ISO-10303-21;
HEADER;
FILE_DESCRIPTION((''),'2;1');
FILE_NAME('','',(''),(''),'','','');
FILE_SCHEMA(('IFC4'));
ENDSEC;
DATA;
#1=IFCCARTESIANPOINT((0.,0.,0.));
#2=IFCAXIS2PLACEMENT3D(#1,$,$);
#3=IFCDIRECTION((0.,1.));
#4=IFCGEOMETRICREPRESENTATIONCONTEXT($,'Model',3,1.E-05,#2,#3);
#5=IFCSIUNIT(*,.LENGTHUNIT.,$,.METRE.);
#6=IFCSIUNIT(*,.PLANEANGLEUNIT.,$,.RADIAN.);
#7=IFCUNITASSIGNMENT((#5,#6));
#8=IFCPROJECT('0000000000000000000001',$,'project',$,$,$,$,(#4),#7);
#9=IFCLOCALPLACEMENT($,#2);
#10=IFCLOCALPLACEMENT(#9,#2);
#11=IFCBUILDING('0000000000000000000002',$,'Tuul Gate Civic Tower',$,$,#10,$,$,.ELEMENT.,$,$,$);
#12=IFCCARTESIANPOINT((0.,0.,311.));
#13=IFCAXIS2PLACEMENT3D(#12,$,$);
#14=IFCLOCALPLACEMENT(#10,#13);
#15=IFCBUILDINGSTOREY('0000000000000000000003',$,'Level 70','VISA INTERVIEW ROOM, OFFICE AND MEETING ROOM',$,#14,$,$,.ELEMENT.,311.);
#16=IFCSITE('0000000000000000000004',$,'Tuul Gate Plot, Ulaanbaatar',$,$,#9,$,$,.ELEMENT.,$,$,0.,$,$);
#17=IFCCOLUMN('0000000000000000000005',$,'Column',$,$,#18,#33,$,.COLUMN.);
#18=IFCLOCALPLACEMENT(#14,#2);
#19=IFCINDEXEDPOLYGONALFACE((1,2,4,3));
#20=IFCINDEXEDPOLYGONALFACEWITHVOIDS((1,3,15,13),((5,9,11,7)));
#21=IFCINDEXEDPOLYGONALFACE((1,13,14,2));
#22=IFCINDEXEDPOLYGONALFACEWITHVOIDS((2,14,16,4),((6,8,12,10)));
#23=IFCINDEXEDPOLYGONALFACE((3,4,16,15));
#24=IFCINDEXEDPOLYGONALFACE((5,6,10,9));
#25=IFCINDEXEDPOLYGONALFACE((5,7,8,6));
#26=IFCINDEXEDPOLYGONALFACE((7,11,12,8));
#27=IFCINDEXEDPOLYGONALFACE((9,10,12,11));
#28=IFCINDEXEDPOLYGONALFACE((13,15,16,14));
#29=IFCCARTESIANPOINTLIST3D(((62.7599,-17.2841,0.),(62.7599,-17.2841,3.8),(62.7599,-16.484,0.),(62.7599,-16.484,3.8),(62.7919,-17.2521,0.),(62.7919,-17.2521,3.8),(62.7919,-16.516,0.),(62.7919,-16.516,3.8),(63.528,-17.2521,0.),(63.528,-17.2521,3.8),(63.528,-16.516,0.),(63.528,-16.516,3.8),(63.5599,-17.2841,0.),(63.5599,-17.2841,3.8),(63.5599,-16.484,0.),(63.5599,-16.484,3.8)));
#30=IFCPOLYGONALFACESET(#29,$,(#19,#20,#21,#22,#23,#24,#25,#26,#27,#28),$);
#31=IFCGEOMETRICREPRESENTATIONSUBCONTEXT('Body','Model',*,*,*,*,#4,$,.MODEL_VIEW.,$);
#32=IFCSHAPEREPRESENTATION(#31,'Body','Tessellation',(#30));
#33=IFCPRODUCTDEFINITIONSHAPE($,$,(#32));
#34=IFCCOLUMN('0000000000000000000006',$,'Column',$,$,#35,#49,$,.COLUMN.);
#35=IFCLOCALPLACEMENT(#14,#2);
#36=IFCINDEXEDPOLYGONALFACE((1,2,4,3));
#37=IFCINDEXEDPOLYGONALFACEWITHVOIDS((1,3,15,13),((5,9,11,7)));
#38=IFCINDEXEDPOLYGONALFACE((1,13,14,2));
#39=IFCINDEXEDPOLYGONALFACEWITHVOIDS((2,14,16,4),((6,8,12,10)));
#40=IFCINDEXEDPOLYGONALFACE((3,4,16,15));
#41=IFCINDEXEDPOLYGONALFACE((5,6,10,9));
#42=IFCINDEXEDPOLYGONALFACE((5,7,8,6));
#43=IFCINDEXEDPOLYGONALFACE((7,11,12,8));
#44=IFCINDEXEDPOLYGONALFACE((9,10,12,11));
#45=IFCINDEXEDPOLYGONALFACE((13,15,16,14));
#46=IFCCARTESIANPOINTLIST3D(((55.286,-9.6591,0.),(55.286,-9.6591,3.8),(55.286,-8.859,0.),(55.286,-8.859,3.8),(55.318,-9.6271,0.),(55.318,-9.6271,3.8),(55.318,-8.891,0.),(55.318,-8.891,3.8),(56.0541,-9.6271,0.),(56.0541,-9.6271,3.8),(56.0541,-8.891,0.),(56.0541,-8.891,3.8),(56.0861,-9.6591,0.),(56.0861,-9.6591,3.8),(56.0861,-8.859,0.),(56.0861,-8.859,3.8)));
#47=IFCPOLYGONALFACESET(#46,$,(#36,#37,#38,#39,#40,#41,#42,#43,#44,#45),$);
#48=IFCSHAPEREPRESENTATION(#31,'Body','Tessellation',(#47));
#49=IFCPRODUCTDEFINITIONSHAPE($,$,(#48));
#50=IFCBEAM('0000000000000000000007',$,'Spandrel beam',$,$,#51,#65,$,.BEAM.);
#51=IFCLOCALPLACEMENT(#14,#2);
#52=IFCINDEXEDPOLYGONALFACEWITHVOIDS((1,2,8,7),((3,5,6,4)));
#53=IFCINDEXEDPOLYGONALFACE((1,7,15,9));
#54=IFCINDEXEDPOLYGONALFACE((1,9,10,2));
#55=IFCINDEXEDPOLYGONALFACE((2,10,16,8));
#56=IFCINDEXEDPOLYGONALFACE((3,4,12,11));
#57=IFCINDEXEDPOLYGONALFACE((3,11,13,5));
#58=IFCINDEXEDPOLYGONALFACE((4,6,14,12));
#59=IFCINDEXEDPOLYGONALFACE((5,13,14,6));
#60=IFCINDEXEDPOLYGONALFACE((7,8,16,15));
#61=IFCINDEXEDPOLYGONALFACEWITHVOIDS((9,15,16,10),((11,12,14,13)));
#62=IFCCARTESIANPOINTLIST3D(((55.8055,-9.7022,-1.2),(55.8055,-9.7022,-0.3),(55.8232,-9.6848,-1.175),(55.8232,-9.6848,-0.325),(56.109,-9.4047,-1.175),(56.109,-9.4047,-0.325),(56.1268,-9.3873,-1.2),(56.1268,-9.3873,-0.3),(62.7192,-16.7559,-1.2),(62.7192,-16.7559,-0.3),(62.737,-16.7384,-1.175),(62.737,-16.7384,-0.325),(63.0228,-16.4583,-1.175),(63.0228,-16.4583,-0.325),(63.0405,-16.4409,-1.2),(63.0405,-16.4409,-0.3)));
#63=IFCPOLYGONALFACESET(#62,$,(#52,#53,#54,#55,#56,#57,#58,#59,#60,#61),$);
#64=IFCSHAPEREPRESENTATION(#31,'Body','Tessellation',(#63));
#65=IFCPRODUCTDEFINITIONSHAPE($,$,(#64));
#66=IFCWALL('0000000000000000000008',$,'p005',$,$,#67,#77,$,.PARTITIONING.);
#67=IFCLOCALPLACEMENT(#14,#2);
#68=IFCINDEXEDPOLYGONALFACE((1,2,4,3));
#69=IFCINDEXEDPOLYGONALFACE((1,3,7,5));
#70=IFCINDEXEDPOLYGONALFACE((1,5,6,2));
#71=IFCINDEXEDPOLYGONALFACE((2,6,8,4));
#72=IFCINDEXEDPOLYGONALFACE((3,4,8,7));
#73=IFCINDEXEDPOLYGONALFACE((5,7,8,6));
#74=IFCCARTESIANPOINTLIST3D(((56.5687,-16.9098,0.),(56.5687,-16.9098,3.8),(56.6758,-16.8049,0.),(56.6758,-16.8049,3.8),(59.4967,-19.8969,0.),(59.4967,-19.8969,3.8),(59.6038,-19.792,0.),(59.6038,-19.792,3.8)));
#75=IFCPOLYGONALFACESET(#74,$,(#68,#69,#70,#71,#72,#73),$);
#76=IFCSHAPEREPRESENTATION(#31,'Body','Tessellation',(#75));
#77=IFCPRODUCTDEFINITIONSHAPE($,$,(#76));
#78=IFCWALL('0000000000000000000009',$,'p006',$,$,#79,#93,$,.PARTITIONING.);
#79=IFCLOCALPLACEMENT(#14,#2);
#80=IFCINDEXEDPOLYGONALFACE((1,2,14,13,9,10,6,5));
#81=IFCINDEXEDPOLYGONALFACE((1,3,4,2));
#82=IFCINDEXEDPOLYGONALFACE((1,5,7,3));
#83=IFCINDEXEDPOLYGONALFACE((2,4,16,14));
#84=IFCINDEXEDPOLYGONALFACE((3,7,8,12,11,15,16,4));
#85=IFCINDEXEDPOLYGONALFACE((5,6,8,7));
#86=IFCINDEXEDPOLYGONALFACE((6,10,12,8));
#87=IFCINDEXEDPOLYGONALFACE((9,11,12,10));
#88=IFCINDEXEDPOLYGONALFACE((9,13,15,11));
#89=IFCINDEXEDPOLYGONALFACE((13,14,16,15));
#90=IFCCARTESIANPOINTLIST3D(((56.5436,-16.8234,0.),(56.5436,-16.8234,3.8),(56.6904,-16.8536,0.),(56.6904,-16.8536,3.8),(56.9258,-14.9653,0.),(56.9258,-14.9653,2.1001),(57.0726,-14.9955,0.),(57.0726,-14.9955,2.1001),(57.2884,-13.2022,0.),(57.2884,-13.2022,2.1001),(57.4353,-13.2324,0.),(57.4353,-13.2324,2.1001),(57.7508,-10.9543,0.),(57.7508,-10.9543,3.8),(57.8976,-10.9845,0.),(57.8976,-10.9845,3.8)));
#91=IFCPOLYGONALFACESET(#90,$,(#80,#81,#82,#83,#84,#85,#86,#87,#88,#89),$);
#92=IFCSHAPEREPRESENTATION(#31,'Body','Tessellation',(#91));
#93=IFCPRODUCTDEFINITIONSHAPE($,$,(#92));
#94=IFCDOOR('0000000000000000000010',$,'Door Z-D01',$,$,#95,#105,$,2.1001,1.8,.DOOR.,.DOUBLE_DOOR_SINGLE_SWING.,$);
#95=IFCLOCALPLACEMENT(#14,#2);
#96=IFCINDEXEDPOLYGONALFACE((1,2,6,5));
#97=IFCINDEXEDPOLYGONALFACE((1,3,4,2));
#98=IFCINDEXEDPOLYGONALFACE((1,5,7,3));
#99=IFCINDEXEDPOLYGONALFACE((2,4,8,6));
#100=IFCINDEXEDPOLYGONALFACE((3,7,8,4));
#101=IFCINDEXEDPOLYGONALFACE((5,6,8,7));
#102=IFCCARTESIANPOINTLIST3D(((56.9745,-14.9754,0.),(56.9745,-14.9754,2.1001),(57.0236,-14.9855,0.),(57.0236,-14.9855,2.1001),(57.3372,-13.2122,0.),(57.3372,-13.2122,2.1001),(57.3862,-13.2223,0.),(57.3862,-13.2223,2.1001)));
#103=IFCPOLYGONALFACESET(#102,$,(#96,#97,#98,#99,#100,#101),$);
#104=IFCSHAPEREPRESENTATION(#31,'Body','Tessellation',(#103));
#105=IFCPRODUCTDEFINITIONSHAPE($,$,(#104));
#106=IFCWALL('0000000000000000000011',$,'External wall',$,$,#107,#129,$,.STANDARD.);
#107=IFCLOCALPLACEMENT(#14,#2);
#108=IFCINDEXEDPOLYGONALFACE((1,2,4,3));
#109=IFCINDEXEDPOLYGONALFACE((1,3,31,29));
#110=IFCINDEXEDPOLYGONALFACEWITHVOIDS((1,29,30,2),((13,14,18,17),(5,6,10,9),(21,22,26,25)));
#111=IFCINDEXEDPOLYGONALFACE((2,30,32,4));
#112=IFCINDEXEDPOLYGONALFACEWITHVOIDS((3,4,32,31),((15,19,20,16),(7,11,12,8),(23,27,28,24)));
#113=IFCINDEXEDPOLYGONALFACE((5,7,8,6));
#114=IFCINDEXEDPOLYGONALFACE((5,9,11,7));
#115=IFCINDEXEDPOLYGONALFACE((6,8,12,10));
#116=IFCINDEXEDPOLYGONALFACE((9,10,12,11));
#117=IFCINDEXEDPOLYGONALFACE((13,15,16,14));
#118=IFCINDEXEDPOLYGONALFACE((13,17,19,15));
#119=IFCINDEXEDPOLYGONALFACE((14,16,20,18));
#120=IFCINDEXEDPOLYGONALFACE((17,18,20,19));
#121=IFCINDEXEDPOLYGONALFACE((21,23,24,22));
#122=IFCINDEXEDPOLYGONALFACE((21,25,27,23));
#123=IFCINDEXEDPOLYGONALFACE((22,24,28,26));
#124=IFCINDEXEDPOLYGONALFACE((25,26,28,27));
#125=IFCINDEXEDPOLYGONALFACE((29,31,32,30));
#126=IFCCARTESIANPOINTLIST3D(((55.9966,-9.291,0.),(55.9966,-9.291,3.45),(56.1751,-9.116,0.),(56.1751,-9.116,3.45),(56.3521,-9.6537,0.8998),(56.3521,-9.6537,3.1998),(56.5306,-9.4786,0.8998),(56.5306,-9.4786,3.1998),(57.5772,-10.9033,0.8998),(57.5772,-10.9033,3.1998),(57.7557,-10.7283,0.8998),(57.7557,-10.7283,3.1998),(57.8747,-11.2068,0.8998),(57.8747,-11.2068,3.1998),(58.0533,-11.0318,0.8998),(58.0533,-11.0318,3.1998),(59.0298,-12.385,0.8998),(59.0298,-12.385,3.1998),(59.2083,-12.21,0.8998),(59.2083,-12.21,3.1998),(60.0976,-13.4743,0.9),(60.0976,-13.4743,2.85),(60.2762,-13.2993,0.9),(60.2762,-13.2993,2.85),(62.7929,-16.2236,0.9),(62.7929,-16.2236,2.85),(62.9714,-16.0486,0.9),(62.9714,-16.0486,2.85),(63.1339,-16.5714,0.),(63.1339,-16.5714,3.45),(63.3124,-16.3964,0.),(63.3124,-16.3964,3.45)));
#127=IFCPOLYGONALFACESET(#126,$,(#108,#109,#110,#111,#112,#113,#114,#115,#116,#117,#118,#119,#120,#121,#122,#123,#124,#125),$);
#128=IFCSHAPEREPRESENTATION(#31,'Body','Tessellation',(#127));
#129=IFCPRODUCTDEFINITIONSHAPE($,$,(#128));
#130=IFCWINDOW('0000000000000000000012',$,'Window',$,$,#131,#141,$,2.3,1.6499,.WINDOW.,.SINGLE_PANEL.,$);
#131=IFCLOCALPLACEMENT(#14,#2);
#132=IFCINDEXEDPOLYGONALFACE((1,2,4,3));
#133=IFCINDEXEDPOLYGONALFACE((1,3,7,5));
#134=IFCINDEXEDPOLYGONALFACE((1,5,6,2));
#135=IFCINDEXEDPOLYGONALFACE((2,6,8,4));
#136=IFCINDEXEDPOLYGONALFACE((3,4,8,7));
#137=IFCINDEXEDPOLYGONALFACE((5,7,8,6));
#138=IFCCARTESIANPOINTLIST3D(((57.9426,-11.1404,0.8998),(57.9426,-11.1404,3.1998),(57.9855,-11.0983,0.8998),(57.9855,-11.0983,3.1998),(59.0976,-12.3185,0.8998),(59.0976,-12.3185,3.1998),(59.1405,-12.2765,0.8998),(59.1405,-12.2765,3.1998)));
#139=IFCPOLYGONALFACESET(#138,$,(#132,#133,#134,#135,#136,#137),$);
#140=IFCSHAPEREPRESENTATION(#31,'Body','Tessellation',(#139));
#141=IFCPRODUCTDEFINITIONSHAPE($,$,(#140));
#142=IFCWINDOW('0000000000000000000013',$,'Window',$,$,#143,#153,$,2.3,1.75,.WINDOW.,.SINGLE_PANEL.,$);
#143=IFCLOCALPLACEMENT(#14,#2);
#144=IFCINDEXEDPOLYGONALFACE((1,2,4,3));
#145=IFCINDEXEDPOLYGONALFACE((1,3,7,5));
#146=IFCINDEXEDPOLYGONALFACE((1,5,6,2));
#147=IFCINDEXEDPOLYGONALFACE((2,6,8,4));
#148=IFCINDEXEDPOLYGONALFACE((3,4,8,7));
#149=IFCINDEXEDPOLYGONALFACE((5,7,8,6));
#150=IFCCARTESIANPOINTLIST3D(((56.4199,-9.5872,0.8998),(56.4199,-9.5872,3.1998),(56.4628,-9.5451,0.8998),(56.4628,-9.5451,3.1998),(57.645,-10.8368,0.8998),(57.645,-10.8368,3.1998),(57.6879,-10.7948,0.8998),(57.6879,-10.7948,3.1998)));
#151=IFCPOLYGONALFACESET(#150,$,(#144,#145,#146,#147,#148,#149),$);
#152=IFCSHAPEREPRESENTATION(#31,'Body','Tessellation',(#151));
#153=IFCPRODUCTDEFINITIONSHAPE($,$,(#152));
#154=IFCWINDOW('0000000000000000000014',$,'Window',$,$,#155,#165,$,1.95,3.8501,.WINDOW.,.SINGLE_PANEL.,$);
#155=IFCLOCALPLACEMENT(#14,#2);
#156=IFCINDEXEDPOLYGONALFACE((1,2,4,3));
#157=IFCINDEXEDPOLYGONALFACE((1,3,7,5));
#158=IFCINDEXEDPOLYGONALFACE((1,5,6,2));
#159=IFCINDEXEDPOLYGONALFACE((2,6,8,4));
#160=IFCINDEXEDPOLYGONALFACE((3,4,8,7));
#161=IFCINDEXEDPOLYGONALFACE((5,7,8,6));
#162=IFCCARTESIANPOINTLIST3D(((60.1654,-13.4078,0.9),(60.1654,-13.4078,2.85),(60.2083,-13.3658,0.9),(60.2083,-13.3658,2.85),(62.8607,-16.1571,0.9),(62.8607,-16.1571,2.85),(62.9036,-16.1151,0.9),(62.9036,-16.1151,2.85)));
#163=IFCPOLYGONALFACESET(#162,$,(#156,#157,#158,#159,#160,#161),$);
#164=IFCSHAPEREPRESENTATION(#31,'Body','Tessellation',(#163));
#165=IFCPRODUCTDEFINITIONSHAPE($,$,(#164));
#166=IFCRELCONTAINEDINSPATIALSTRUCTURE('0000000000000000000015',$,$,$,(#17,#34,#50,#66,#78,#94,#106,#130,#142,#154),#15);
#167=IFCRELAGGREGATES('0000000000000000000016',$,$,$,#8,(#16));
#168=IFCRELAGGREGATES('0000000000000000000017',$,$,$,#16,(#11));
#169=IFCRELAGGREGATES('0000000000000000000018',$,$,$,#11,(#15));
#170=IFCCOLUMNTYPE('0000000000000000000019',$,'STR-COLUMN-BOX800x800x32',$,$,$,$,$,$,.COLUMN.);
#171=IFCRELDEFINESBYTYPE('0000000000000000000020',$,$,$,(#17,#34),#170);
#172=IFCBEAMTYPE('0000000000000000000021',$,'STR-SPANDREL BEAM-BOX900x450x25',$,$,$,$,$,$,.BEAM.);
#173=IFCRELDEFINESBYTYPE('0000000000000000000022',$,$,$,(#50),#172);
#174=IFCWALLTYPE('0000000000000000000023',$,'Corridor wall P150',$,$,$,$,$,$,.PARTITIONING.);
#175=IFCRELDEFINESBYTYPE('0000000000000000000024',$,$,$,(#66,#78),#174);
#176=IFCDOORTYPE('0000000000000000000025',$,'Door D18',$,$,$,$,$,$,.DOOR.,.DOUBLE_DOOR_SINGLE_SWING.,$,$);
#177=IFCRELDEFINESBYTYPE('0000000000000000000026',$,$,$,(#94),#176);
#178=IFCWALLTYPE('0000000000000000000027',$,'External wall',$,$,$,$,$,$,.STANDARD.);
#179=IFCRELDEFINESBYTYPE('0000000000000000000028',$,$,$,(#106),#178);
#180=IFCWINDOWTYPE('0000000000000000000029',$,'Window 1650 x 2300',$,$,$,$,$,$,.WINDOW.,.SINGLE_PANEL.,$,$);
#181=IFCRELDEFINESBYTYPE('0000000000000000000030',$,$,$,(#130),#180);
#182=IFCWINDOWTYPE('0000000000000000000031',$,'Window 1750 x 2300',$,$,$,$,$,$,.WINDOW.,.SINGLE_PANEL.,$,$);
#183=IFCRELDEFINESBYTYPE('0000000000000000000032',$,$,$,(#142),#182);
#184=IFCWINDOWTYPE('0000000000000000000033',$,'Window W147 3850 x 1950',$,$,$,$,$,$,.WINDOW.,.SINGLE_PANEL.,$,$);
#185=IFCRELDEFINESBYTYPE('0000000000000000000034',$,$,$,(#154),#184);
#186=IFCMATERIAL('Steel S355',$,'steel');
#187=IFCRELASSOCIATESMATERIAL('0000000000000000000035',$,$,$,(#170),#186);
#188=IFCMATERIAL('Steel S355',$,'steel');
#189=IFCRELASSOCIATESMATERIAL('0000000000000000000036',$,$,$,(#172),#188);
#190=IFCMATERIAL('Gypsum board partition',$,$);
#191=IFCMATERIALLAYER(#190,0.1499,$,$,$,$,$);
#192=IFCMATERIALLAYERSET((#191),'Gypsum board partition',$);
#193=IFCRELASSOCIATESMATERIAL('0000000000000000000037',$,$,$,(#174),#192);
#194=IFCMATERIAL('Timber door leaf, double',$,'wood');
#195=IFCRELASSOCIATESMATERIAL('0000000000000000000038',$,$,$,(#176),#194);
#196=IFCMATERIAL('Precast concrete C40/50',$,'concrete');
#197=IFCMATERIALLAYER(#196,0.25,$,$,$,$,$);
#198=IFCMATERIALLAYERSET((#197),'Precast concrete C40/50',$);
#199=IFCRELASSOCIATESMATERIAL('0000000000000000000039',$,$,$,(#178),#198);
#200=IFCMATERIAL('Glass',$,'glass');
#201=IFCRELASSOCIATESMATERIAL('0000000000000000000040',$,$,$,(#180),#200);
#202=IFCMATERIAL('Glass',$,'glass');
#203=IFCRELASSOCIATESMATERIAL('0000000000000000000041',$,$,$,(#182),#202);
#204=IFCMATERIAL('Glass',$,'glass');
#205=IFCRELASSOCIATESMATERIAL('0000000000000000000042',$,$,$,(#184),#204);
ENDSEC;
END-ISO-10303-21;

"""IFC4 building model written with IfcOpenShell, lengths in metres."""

from ifc_helpers import new_model, si_unit, direction, frame, frame_2d, origin, origin_2d, place, context, subcontext, project, spatial, rectangle, hollow_rectangle, extrude, material, layer, layer_set, material_profile, profile_set, type_object, element, fill, save


model = new_model("IFC4")

# Units and contexts
model_context = context("Model", 3, precision=1e-05, world=origin(), true_north=direction((0.0, 1.0)))
body_context = subcontext(model_context, "Body", "Model", "MODEL_VIEW")
ifc_project = project(units=[si_unit("LENGTHUNIT", "METRE"), si_unit("PLANEANGLEUNIT", "RADIAN")], contexts=[model_context])

# Site, building, storey
site_placement = place(None, origin())
site = spatial("IfcSite", under=ifc_project, at=site_placement, Name="Tuul Gate Plot, Ulaanbaatar", CompositionType="ELEMENT", RefElevation=0.0)
building_placement = place(site_placement, origin())
building = spatial("IfcBuilding", under=site, at=building_placement, Name="Tuul Gate Civic Tower", CompositionType="ELEMENT")
storey_placement = place(building_placement, frame((0.0, 0.0, 311.0)))
storey = spatial("IfcBuildingStorey", under=building, at=storey_placement, Name="Level 70", Description="VISA INTERVIEW ROOM, OFFICE AND MEETING ROOM", CompositionType="ELEMENT", Elevation=311.0)

# Columns
ifc_material_1 = material(Name="Steel S355", Category="steel")
ifc_material_profile_1 = material_profile(ifc_material_1, hollow_rectangle(XDim=0.8, YDim=0.8, WallThickness=0.032, at=origin_2d()), Name="BOX800x800x32")
ifc_profile_set_1 = profile_set([ifc_material_profile_1], Name="Steel S355")
column_type = type_object("IfcColumnType", Name="STR-COLUMN-BOX800x800x32", PredefinedType="COLUMN", material=ifc_profile_set_1)
for number, where, z_axis, x_axis, name in (
    (1, (63.1599, -16.884, 0.0), (0.0, 0.0, 1.0), (1.0, 0.0, 0.0), "Column"),
    (2, (55.686, -9.259, 0.0), (0.0, 0.0, 1.0), (1.0, 0.0, 0.0), "Column"),
):
    element("IfcColumn", number, at=place(storey_placement, frame(where, z_axis=z_axis, x_axis=x_axis)), inside=storey, type_object=column_type, Name=name, PredefinedType="COLUMN", context=body_context, shape_type="SweptSolid", body=[
        extrude(hollow_rectangle(XDim=0.8, YDim=0.8, WallThickness=0.032, at=origin_2d()), origin(), (0.0, 0.0, 1.0), 3.8),
    ])

# Beam
ifc_material_2 = material(Name="Steel S355", Category="steel")
ifc_material_profile_2 = material_profile(ifc_material_2, hollow_rectangle(XDim=0.45, YDim=0.8999, WallThickness=0.0249, at=origin_2d()), Name="BOX900x450x25")
ifc_profile_set_2 = profile_set([ifc_material_profile_2], Name="Steel S355")
beam_type = type_object("IfcBeamType", Name="STR-SPANDREL BEAM-BOX900x450x25", PredefinedType="BEAM", material=ifc_profile_set_2)
beam_placement = place(storey_placement, frame((62.8799, -16.5984, -0.75), z_axis=(-0.69999, 0.714153, 0.0), x_axis=(-0.714153, -0.69999, 0.0)))
element("IfcBeam", 3, at=beam_placement, inside=storey, type_object=beam_type, Name="Spandrel beam", PredefinedType="BEAM", context=body_context, shape_type="SweptSolid", body=[
    extrude(hollow_rectangle(XDim=0.45, YDim=0.8999, WallThickness=0.0249, at=origin_2d()), origin(), (0.0, 0.0, 1.0), 9.877),
])

# Wall
ifc_material_3 = material(Name="Gypsum board partition")
ifc_layer_1 = layer(ifc_material_3, 0.1499)
ifc_layer_set_1 = layer_set([ifc_layer_1], Name="Gypsum board partition")
wall_type_1 = type_object("IfcWallType", Name="Corridor wall P150", PredefinedType="PARTITIONING", material=ifc_layer_set_1)
wall_1_placement = place(storey_placement, frame((56.6223, -16.8574, 0.0), z_axis=(0.0, 0.0, 1.0), x_axis=(0.700009, -0.714134, 0.0)))
element("IfcWall", 4, at=wall_1_placement, inside=storey, type_object=wall_type_1, Name="p005", PredefinedType="PARTITIONING", context=body_context, shape_type="SweptSolid", body=[
    extrude(rectangle(XDim=4.1829, YDim=0.1499, at=frame_2d((2.0913, 0.0))), origin(), (0.0, 0.0, 1.0), 3.8),
])

# Wall, opening, door
wall_2_placement = place(storey_placement, frame((56.6169, -16.8386, 0.0), z_axis=(0.0, 0.0, 1.0), x_axis=(0.20148, 0.979493, 0.0)))
wall_2 = element("IfcWall", 5, at=wall_2_placement, inside=storey, type_object=wall_type_1, Name="p006", PredefinedType="PARTITIONING", context=body_context, shape_type="SweptSolid", body=[
    extrude(rectangle(XDim=5.9919, YDim=0.1499, at=frame_2d((2.9961, 0.0))), origin(), (0.0, 0.0, 1.0), 3.8),
])
opening_1_placement = place(wall_2_placement, frame((1.8972, 0.0, 0.0)))
opening_1 = element("IfcOpeningElement", 6, at=opening_1_placement, cuts=wall_2, PredefinedType="OPENING", context=body_context, shape_type="SweptSolid", body=[
    extrude(rectangle(XDim=1.8, YDim=2.1001, at=frame_2d((0.8999, 1.05))), frame((0.0, 0.085, 0.0), z_axis=(0.0, -1.0, 0.0), x_axis=(1.0, 0.0, 0.0)), (0.0, 0.0, 1.0), 0.1699),
])
ifc_material_4 = material(Name="Timber door leaf, double", Category="wood")
door_type = type_object("IfcDoorType", Name="Door D18", OperationType="DOUBLE_DOOR_SINGLE_SWING", PredefinedType="DOOR", material=ifc_material_4)
door_placement = place(opening_1_placement, frame((1.8, 0.0, 0.0), z_axis=(0.0, 0.0, 1.0), x_axis=(-1.0, 0.0, 0.0)))
door = element("IfcDoor", 7, at=door_placement, inside=storey, type_object=door_type, Name="Door Z-D01", OperationType="DOUBLE_DOOR_SINGLE_SWING", OverallHeight=2.1001, OverallWidth=1.8, PredefinedType="DOOR", context=body_context, shape_type="SweptSolid", body=[
    extrude(rectangle(XDim=1.8, YDim=2.1001, at=frame_2d((0.9001, 1.05))), frame((0.0, 0.0249, 0.0), z_axis=(0.0, -1.0, 0.0), x_axis=(1.0, 0.0, 0.0)), (0.0, 0.0, 1.0), 0.05),
])
fill(opening_1, door)

# Wall, openings, windows
ifc_material_5 = material(Name="Precast concrete C40/50", Category="concrete")
ifc_layer_2 = layer(ifc_material_5, 0.25)
ifc_layer_set_2 = layer_set([ifc_layer_2], Name="Precast concrete C40/50")
wall_type_2 = type_object("IfcWallType", Name="External wall", PredefinedType="STANDARD", material=ifc_layer_set_2)
wall_3_placement = place(storey_placement, frame((63.2231, -16.4839, 0.0), z_axis=(0.0, 0.0, 1.0), x_axis=(-0.700056, 0.714088, 0.0)))
wall_3 = element("IfcWall", 8, at=wall_3_placement, inside=storey, type_object=wall_type_2, Name="External wall", PredefinedType="STANDARD", context=body_context, shape_type="SweptSolid", body=[
    extrude(rectangle(XDim=10.1953, YDim=0.25, at=frame_2d((5.0977, 0.0))), origin(), (0.0, 0.0, 1.0), 3.45),
])
opening_2_placement = place(wall_3_placement, frame((0.4871, 0.0, 0.8999)))
opening_2 = element("IfcOpeningElement", 9, at=opening_2_placement, cuts=wall_3, PredefinedType="OPENING", context=body_context, shape_type="SweptSolid", body=[
    extrude(rectangle(XDim=3.8501, YDim=1.95, at=frame_2d((1.925, 0.9751))), frame((0.0, 0.135, 0.0), z_axis=(0.0, -1.0, 0.0), x_axis=(1.0, 0.0, 0.0)), (0.0, 0.0, 1.0), 0.27),
])
opening_3_placement = place(wall_3_placement, frame((5.8625, 0.0, 0.8999)))
opening_3 = element("IfcOpeningElement", 10, at=opening_3_placement, cuts=wall_3, PredefinedType="OPENING", context=body_context, shape_type="SweptSolid", body=[
    extrude(rectangle(XDim=1.6499, YDim=2.3, at=frame_2d((0.825, 1.1499))), frame((0.0, 0.135, 0.0), z_axis=(0.0, -1.0, 0.0), x_axis=(1.0, 0.0, 0.0)), (0.0, 0.0, 1.0), 0.27),
])
opening_4_placement = place(wall_3_placement, frame((7.9375, 0.0, 0.8999)))
opening_4 = element("IfcOpeningElement", 11, at=opening_4_placement, cuts=wall_3, PredefinedType="OPENING", context=body_context, shape_type="SweptSolid", body=[
    extrude(rectangle(XDim=1.75, YDim=2.3, at=frame_2d((0.875, 1.1499))), frame((0.0, 0.135, 0.0), z_axis=(0.0, -1.0, 0.0), x_axis=(1.0, 0.0, 0.0)), (0.0, 0.0, 1.0), 0.27),
])
ifc_material_6 = material(Name="Glass", Category="glass")
window_type_1 = type_object("IfcWindowType", Name="Window 1650 x 2300", PartitioningType="SINGLE_PANEL", PredefinedType="WINDOW", material=ifc_material_6)
window_1_placement = place(opening_3_placement, origin())
window_1 = element("IfcWindow", 12, at=window_1_placement, inside=storey, type_object=window_type_1, Name="Window", OverallHeight=2.3, OverallWidth=1.6499, PartitioningType="SINGLE_PANEL", PredefinedType="WINDOW", context=body_context, shape_type="SweptSolid", body=[
    extrude(rectangle(XDim=1.6499, YDim=2.3, at=frame_2d((0.825, 1.1499))), frame((0.0, 0.03, 0.0), z_axis=(0.0, -1.0, 0.0), x_axis=(1.0, 0.0, 0.0)), (0.0, 0.0, 1.0), 0.0601),
])
fill(opening_3, window_1)
ifc_material_7 = material(Name="Glass", Category="glass")
window_type_2 = type_object("IfcWindowType", Name="Window 1750 x 2300", PartitioningType="SINGLE_PANEL", PredefinedType="WINDOW", material=ifc_material_7)
window_2_placement = place(opening_4_placement, origin())
window_2 = element("IfcWindow", 13, at=window_2_placement, inside=storey, type_object=window_type_2, Name="Window", OverallHeight=2.3, OverallWidth=1.75, PartitioningType="SINGLE_PANEL", PredefinedType="WINDOW", context=body_context, shape_type="SweptSolid", body=[
    extrude(rectangle(XDim=1.75, YDim=2.3, at=frame_2d((0.875, 1.1499))), frame((0.0, 0.03, 0.0), z_axis=(0.0, -1.0, 0.0), x_axis=(1.0, 0.0, 0.0)), (0.0, 0.0, 1.0), 0.0601),
])
fill(opening_4, window_2)
ifc_material_8 = material(Name="Glass", Category="glass")
window_type_3 = type_object("IfcWindowType", Name="Window W147 3850 x 1950", PartitioningType="SINGLE_PANEL", PredefinedType="WINDOW", material=ifc_material_8)
window_3_placement = place(opening_2_placement, origin())
window_3 = element("IfcWindow", 14, at=window_3_placement, inside=storey, type_object=window_type_3, Name="Window", OverallHeight=1.95, OverallWidth=3.8501, PartitioningType="SINGLE_PANEL", PredefinedType="WINDOW", context=body_context, shape_type="SweptSolid", body=[
    extrude(rectangle(XDim=3.8501, YDim=1.95, at=frame_2d((1.925, 0.9751))), frame((0.0, 0.03, 0.0), z_axis=(0.0, -1.0, 0.0), x_axis=(1.0, 0.0, 0.0)), (0.0, 0.0, 1.0), 0.0601),
])
fill(opening_2, window_3)

save(model, "model.ifc")
